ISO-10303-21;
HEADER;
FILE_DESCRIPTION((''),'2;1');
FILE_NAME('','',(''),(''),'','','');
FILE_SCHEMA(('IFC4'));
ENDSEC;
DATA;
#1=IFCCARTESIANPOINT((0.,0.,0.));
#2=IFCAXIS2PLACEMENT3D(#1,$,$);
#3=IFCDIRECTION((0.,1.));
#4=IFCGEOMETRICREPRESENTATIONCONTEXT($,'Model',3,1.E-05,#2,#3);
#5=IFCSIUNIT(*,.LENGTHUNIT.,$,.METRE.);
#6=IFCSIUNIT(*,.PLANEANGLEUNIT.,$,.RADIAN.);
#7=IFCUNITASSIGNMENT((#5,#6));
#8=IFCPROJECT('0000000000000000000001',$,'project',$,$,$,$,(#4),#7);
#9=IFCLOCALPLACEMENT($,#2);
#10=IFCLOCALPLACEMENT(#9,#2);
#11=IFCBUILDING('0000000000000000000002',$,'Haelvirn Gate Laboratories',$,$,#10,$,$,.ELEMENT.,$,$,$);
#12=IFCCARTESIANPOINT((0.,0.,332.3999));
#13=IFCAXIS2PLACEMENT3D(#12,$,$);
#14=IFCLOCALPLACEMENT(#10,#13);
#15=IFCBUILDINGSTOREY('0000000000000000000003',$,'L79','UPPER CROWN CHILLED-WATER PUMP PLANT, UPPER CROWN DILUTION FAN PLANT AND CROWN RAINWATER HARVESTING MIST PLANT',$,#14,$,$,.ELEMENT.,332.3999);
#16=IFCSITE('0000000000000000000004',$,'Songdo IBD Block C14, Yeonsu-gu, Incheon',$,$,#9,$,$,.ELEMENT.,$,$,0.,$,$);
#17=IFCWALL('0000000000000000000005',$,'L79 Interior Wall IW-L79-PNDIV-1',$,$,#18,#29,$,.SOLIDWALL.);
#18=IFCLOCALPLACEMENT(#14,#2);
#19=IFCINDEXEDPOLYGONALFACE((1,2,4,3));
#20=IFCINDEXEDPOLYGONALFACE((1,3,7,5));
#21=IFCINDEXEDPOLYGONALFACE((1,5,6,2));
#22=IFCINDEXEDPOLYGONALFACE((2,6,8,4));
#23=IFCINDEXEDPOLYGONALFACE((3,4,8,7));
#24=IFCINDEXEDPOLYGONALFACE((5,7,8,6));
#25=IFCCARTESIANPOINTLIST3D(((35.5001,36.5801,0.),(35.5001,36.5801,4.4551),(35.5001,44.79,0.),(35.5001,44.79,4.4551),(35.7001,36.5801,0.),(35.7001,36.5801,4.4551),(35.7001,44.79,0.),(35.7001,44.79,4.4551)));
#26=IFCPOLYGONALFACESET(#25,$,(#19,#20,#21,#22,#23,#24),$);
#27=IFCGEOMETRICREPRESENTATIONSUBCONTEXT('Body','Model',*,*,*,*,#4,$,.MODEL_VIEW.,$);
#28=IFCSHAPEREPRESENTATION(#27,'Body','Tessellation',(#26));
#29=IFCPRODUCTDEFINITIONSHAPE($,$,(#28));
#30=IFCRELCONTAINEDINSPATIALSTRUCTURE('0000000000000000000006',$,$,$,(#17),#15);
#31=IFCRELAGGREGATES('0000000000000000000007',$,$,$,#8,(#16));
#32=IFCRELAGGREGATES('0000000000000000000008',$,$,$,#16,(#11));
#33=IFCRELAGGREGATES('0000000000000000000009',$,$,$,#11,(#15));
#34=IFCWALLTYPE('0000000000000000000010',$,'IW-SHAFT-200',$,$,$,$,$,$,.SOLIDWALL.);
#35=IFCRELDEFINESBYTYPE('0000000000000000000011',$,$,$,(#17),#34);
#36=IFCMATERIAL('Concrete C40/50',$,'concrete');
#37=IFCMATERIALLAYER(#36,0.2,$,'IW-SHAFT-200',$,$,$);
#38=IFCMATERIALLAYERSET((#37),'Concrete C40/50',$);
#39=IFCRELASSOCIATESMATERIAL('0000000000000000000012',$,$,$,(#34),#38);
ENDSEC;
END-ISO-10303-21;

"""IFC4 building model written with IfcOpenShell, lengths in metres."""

from ifc_helpers import new_model, si_unit, direction, frame, frame_2d, origin, place, context, subcontext, project, spatial, rectangle, extrude, material, layer, layer_set, type_object, element, save


model = new_model("IFC4")

# Units and contexts
model_context = context("Model", 3, precision=1e-05, world=origin(), true_north=direction((0.0, 1.0)))
body_context = subcontext(model_context, "Body", "Model", "MODEL_VIEW")
ifc_project = project(units=[si_unit("LENGTHUNIT", "METRE"), si_unit("PLANEANGLEUNIT", "RADIAN")], contexts=[model_context])

# Site, building, storey
site_placement = place(None, origin())
site = spatial("IfcSite", under=ifc_project, at=site_placement, Name="Songdo IBD Block C14, Yeonsu-gu, Incheon", CompositionType="ELEMENT", RefElevation=0.0)
building_placement = place(site_placement, origin())
building = spatial("IfcBuilding", under=site, at=building_placement, Name="Haelvirn Gate Laboratories", CompositionType="ELEMENT")
storey_placement = place(building_placement, frame((0.0, 0.0, 332.3999)))
storey = spatial("IfcBuildingStorey", under=building, at=storey_placement, Name="L79", Description="UPPER CROWN CHILLED-WATER PUMP PLANT, UPPER CROWN DILUTION FAN PLANT AND CROWN RAINWATER HARVESTING MIST PLANT", CompositionType="ELEMENT", Elevation=332.3999)

# Wall
ifc_material_1 = material(Name="Concrete C40/50", Category="concrete")
ifc_layer_1 = layer(ifc_material_1, 0.2, Name="IW-SHAFT-200")
ifc_layer_set_1 = layer_set([ifc_layer_1], Name="Concrete C40/50")
wall_type_1 = type_object("IfcWallType", Name="IW-SHAFT-200", PredefinedType="SOLIDWALL", material=ifc_layer_set_1)
wall_1_placement = place(storey_placement, frame((35.6001, 36.5801, 0.0), z_axis=(0.0, 0.0, 1.0), x_axis=(0.0, 1.0, 0.0)))
element("IfcWall", 1, at=wall_1_placement, inside=storey, type_object=wall_type_1, Name="L79 Interior Wall IW-L79-PNDIV-1", PredefinedType="SOLIDWALL", context=body_context, shape_type="SweptSolid", body=[
    extrude(rectangle(XDim=8.21, YDim=0.2, at=frame_2d((4.105, 0.0))), origin(), (0.0, 0.0, 1.0), 4.4551),
])

save(model, "model.ifc")
